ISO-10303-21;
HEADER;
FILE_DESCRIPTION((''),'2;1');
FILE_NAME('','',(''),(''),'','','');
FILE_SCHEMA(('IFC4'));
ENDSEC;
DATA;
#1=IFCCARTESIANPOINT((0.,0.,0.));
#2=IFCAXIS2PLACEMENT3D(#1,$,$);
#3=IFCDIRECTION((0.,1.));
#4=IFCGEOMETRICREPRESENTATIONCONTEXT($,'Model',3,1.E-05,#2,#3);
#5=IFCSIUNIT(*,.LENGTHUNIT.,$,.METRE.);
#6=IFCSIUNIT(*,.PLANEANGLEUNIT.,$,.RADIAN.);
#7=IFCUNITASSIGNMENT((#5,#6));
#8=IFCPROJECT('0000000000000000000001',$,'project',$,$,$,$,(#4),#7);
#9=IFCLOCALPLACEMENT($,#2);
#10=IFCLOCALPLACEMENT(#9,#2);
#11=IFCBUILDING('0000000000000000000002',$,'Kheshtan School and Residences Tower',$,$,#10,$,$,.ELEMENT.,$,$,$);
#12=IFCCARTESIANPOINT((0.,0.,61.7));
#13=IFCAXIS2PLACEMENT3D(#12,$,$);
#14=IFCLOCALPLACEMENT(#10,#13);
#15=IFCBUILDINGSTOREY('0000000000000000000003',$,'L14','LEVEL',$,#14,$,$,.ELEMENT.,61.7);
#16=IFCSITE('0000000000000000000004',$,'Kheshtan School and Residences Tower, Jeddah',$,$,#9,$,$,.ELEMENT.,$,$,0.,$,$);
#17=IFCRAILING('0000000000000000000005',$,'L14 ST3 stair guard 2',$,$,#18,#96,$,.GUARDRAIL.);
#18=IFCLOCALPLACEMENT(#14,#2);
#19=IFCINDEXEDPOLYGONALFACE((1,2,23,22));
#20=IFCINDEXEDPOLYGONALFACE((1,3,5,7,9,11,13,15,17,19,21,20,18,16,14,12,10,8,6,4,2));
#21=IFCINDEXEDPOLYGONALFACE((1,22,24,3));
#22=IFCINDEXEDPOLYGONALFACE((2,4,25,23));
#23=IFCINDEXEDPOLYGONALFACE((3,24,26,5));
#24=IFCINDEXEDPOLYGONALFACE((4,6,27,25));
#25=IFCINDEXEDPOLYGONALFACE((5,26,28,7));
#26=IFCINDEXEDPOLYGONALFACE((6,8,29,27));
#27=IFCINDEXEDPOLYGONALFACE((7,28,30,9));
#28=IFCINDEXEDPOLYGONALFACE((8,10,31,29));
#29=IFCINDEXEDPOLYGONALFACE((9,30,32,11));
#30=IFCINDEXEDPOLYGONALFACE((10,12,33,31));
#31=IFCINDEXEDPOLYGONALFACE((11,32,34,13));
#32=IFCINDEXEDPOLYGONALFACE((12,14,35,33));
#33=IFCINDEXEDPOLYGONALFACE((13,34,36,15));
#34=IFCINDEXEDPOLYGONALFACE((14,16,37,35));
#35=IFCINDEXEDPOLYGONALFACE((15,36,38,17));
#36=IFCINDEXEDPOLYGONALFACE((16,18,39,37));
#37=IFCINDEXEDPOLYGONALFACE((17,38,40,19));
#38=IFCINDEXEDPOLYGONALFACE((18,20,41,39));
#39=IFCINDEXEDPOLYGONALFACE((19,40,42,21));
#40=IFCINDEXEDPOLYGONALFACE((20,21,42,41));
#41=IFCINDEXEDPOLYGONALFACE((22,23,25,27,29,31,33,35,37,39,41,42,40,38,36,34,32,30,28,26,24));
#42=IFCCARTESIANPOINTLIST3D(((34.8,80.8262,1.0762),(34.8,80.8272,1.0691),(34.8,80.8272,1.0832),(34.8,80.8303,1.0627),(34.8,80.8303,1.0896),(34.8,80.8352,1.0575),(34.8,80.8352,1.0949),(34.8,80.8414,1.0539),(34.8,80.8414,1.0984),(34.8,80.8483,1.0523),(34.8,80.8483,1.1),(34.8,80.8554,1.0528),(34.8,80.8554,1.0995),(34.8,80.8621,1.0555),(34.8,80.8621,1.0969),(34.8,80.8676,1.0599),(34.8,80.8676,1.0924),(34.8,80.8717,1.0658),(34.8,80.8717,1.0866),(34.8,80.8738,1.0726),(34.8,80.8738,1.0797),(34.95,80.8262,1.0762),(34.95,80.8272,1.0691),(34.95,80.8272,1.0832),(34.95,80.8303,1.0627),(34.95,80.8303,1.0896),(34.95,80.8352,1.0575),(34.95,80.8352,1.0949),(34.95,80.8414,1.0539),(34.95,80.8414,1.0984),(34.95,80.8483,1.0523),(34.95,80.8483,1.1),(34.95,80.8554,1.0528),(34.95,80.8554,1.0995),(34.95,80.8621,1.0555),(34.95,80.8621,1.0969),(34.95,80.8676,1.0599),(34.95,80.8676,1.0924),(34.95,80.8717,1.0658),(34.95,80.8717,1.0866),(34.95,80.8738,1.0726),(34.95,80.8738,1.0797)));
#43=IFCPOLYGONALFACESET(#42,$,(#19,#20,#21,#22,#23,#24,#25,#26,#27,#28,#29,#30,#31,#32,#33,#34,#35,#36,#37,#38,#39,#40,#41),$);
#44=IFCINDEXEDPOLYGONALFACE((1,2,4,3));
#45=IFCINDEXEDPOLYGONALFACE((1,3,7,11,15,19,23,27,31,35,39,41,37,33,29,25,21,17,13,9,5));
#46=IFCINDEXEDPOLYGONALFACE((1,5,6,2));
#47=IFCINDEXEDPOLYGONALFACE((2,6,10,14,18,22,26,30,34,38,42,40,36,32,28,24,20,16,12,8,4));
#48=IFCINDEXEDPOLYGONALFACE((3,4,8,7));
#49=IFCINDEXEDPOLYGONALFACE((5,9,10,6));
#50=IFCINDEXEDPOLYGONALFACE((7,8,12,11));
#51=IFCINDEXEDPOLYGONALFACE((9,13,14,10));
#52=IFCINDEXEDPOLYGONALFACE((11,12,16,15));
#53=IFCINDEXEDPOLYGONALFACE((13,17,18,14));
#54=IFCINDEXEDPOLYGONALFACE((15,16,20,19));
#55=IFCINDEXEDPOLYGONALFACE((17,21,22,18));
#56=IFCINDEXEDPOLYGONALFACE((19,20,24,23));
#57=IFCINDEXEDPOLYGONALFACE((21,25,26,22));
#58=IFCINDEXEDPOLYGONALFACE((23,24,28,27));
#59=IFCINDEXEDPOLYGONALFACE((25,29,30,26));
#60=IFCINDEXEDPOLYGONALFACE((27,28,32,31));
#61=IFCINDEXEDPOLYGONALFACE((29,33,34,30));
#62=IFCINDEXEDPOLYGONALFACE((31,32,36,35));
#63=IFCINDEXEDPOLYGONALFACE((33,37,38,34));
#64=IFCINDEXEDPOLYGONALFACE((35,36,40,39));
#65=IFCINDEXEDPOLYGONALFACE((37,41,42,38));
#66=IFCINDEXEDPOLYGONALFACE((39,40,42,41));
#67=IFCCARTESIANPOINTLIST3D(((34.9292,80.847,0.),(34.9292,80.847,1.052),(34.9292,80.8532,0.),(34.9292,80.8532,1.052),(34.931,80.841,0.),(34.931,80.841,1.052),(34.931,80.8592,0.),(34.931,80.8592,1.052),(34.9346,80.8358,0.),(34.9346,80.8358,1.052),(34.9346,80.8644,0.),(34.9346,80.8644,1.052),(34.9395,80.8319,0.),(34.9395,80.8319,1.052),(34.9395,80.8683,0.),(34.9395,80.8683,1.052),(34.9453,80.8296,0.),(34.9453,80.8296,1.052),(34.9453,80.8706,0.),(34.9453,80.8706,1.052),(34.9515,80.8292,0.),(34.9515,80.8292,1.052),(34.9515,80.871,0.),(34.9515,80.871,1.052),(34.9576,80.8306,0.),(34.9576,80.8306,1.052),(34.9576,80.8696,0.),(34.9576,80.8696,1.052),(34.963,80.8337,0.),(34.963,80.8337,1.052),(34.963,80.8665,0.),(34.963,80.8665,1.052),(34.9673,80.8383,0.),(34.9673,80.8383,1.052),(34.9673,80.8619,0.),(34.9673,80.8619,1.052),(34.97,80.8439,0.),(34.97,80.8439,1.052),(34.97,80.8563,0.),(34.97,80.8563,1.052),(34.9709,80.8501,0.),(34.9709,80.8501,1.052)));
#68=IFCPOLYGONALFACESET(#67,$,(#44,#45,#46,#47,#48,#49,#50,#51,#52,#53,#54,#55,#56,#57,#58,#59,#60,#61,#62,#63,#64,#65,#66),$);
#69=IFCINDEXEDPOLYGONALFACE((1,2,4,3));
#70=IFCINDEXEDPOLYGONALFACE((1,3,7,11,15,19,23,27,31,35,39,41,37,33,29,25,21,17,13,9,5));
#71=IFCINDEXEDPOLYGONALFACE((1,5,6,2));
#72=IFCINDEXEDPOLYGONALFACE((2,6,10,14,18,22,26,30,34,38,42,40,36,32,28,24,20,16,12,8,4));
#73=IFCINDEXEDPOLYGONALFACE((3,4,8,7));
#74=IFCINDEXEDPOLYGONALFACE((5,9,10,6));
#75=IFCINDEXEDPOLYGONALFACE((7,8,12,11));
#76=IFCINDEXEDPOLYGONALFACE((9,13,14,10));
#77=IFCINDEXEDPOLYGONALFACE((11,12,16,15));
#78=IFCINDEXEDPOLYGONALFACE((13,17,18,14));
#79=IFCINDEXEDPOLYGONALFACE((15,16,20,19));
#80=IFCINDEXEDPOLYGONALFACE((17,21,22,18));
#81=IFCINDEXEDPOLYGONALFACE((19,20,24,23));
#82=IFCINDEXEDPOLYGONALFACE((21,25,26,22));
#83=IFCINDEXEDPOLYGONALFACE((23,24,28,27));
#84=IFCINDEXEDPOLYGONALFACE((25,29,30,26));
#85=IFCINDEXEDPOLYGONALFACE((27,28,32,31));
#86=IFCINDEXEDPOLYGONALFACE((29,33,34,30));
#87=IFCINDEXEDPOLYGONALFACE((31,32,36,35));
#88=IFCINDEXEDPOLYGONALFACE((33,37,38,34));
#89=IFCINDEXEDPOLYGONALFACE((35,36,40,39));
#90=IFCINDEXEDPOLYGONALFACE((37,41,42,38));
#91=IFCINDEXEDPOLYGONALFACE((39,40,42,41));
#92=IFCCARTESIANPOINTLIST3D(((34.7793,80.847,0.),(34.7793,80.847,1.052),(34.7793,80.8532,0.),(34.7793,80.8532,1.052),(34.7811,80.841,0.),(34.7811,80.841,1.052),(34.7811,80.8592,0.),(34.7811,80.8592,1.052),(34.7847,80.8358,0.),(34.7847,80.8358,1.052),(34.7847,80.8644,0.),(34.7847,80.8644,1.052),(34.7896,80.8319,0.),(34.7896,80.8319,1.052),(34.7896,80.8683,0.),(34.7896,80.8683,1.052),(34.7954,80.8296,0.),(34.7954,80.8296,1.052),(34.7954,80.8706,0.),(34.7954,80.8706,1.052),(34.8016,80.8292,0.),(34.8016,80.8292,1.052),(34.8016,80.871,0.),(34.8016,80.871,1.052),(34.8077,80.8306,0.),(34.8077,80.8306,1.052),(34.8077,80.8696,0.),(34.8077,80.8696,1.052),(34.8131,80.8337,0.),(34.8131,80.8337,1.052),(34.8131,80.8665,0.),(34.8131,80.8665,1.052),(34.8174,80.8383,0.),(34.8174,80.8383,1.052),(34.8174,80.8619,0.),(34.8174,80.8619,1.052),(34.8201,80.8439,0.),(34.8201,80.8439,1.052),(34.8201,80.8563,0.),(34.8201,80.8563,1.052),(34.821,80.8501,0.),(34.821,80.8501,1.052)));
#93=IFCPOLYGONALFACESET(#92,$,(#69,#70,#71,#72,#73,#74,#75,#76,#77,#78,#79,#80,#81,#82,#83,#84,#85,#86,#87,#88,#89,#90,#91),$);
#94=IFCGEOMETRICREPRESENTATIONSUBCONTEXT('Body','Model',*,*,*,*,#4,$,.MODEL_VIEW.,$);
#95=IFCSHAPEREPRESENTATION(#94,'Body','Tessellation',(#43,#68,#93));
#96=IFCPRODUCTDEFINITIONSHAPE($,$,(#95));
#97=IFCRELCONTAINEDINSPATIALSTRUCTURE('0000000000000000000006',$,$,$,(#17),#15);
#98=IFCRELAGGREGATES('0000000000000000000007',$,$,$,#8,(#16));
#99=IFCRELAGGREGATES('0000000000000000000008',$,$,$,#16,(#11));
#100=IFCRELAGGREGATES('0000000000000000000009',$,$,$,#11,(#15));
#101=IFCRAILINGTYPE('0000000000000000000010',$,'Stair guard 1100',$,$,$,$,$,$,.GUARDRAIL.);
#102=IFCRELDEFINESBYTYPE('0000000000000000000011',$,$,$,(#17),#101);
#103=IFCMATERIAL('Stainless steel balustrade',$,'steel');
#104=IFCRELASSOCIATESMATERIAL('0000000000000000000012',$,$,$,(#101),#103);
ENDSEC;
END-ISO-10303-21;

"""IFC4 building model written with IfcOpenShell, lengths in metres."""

from ifc_helpers import new_model, si_unit, direction, frame, origin, origin_2d, place, context, subcontext, project, spatial, circle, extrude, material, type_object, element, save


model = new_model("IFC4")

# Units and contexts
model_context = context("Model", 3, precision=1e-05, world=origin(), true_north=direction((0.0, 1.0)))
body_context = subcontext(model_context, "Body", "Model", "MODEL_VIEW")
ifc_project = project(units=[si_unit("LENGTHUNIT", "METRE"), si_unit("PLANEANGLEUNIT", "RADIAN")], contexts=[model_context])

# Site, building, storey
site_placement = place(None, origin())
site = spatial("IfcSite", under=ifc_project, at=site_placement, Name="Kheshtan School and Residences Tower, Jeddah", CompositionType="ELEMENT", RefElevation=0.0)
building_placement = place(site_placement, origin())
building = spatial("IfcBuilding", under=site, at=building_placement, Name="Kheshtan School and Residences Tower", CompositionType="ELEMENT")
storey_placement = place(building_placement, frame((0.0, 0.0, 61.7)))
storey = spatial("IfcBuildingStorey", under=building, at=storey_placement, Name="L14", Description="LEVEL", CompositionType="ELEMENT", Elevation=61.7)

# Railing
ifc_material_1 = material(Name="Stainless steel balustrade", Category="steel")
railing_type_1 = type_object("IfcRailingType", Name="Stair guard 1100", PredefinedType="GUARDRAIL", material=ifc_material_1)
railing_1_placement = place(storey_placement, frame((34.95, 80.8501, 0.0)))
element("IfcRailing", 1, at=railing_1_placement, inside=storey, type_object=railing_type_1, Name="L14 ST3 stair guard 2", PredefinedType="GUARDRAIL", context=body_context, shape_type="SweptSolid", body=[
    extrude(circle(Radius=0.0239, at=origin_2d()), frame((0.0, 0.0, 1.0762), z_axis=(-1.0, 0.0, 0.0), x_axis=(0.0, -1.0, 0.0)), (0.0, 0.0, 1.0), 0.1499),
    extrude(circle(Radius=0.021, at=origin_2d()), origin(), (0.0, 0.0, 1.0), 1.052),
    extrude(circle(Radius=0.021, at=origin_2d()), frame((-0.1499, 0.0, 0.0)), (0.0, 0.0, 1.0), 1.052),
])

save(model, "model.ifc")
